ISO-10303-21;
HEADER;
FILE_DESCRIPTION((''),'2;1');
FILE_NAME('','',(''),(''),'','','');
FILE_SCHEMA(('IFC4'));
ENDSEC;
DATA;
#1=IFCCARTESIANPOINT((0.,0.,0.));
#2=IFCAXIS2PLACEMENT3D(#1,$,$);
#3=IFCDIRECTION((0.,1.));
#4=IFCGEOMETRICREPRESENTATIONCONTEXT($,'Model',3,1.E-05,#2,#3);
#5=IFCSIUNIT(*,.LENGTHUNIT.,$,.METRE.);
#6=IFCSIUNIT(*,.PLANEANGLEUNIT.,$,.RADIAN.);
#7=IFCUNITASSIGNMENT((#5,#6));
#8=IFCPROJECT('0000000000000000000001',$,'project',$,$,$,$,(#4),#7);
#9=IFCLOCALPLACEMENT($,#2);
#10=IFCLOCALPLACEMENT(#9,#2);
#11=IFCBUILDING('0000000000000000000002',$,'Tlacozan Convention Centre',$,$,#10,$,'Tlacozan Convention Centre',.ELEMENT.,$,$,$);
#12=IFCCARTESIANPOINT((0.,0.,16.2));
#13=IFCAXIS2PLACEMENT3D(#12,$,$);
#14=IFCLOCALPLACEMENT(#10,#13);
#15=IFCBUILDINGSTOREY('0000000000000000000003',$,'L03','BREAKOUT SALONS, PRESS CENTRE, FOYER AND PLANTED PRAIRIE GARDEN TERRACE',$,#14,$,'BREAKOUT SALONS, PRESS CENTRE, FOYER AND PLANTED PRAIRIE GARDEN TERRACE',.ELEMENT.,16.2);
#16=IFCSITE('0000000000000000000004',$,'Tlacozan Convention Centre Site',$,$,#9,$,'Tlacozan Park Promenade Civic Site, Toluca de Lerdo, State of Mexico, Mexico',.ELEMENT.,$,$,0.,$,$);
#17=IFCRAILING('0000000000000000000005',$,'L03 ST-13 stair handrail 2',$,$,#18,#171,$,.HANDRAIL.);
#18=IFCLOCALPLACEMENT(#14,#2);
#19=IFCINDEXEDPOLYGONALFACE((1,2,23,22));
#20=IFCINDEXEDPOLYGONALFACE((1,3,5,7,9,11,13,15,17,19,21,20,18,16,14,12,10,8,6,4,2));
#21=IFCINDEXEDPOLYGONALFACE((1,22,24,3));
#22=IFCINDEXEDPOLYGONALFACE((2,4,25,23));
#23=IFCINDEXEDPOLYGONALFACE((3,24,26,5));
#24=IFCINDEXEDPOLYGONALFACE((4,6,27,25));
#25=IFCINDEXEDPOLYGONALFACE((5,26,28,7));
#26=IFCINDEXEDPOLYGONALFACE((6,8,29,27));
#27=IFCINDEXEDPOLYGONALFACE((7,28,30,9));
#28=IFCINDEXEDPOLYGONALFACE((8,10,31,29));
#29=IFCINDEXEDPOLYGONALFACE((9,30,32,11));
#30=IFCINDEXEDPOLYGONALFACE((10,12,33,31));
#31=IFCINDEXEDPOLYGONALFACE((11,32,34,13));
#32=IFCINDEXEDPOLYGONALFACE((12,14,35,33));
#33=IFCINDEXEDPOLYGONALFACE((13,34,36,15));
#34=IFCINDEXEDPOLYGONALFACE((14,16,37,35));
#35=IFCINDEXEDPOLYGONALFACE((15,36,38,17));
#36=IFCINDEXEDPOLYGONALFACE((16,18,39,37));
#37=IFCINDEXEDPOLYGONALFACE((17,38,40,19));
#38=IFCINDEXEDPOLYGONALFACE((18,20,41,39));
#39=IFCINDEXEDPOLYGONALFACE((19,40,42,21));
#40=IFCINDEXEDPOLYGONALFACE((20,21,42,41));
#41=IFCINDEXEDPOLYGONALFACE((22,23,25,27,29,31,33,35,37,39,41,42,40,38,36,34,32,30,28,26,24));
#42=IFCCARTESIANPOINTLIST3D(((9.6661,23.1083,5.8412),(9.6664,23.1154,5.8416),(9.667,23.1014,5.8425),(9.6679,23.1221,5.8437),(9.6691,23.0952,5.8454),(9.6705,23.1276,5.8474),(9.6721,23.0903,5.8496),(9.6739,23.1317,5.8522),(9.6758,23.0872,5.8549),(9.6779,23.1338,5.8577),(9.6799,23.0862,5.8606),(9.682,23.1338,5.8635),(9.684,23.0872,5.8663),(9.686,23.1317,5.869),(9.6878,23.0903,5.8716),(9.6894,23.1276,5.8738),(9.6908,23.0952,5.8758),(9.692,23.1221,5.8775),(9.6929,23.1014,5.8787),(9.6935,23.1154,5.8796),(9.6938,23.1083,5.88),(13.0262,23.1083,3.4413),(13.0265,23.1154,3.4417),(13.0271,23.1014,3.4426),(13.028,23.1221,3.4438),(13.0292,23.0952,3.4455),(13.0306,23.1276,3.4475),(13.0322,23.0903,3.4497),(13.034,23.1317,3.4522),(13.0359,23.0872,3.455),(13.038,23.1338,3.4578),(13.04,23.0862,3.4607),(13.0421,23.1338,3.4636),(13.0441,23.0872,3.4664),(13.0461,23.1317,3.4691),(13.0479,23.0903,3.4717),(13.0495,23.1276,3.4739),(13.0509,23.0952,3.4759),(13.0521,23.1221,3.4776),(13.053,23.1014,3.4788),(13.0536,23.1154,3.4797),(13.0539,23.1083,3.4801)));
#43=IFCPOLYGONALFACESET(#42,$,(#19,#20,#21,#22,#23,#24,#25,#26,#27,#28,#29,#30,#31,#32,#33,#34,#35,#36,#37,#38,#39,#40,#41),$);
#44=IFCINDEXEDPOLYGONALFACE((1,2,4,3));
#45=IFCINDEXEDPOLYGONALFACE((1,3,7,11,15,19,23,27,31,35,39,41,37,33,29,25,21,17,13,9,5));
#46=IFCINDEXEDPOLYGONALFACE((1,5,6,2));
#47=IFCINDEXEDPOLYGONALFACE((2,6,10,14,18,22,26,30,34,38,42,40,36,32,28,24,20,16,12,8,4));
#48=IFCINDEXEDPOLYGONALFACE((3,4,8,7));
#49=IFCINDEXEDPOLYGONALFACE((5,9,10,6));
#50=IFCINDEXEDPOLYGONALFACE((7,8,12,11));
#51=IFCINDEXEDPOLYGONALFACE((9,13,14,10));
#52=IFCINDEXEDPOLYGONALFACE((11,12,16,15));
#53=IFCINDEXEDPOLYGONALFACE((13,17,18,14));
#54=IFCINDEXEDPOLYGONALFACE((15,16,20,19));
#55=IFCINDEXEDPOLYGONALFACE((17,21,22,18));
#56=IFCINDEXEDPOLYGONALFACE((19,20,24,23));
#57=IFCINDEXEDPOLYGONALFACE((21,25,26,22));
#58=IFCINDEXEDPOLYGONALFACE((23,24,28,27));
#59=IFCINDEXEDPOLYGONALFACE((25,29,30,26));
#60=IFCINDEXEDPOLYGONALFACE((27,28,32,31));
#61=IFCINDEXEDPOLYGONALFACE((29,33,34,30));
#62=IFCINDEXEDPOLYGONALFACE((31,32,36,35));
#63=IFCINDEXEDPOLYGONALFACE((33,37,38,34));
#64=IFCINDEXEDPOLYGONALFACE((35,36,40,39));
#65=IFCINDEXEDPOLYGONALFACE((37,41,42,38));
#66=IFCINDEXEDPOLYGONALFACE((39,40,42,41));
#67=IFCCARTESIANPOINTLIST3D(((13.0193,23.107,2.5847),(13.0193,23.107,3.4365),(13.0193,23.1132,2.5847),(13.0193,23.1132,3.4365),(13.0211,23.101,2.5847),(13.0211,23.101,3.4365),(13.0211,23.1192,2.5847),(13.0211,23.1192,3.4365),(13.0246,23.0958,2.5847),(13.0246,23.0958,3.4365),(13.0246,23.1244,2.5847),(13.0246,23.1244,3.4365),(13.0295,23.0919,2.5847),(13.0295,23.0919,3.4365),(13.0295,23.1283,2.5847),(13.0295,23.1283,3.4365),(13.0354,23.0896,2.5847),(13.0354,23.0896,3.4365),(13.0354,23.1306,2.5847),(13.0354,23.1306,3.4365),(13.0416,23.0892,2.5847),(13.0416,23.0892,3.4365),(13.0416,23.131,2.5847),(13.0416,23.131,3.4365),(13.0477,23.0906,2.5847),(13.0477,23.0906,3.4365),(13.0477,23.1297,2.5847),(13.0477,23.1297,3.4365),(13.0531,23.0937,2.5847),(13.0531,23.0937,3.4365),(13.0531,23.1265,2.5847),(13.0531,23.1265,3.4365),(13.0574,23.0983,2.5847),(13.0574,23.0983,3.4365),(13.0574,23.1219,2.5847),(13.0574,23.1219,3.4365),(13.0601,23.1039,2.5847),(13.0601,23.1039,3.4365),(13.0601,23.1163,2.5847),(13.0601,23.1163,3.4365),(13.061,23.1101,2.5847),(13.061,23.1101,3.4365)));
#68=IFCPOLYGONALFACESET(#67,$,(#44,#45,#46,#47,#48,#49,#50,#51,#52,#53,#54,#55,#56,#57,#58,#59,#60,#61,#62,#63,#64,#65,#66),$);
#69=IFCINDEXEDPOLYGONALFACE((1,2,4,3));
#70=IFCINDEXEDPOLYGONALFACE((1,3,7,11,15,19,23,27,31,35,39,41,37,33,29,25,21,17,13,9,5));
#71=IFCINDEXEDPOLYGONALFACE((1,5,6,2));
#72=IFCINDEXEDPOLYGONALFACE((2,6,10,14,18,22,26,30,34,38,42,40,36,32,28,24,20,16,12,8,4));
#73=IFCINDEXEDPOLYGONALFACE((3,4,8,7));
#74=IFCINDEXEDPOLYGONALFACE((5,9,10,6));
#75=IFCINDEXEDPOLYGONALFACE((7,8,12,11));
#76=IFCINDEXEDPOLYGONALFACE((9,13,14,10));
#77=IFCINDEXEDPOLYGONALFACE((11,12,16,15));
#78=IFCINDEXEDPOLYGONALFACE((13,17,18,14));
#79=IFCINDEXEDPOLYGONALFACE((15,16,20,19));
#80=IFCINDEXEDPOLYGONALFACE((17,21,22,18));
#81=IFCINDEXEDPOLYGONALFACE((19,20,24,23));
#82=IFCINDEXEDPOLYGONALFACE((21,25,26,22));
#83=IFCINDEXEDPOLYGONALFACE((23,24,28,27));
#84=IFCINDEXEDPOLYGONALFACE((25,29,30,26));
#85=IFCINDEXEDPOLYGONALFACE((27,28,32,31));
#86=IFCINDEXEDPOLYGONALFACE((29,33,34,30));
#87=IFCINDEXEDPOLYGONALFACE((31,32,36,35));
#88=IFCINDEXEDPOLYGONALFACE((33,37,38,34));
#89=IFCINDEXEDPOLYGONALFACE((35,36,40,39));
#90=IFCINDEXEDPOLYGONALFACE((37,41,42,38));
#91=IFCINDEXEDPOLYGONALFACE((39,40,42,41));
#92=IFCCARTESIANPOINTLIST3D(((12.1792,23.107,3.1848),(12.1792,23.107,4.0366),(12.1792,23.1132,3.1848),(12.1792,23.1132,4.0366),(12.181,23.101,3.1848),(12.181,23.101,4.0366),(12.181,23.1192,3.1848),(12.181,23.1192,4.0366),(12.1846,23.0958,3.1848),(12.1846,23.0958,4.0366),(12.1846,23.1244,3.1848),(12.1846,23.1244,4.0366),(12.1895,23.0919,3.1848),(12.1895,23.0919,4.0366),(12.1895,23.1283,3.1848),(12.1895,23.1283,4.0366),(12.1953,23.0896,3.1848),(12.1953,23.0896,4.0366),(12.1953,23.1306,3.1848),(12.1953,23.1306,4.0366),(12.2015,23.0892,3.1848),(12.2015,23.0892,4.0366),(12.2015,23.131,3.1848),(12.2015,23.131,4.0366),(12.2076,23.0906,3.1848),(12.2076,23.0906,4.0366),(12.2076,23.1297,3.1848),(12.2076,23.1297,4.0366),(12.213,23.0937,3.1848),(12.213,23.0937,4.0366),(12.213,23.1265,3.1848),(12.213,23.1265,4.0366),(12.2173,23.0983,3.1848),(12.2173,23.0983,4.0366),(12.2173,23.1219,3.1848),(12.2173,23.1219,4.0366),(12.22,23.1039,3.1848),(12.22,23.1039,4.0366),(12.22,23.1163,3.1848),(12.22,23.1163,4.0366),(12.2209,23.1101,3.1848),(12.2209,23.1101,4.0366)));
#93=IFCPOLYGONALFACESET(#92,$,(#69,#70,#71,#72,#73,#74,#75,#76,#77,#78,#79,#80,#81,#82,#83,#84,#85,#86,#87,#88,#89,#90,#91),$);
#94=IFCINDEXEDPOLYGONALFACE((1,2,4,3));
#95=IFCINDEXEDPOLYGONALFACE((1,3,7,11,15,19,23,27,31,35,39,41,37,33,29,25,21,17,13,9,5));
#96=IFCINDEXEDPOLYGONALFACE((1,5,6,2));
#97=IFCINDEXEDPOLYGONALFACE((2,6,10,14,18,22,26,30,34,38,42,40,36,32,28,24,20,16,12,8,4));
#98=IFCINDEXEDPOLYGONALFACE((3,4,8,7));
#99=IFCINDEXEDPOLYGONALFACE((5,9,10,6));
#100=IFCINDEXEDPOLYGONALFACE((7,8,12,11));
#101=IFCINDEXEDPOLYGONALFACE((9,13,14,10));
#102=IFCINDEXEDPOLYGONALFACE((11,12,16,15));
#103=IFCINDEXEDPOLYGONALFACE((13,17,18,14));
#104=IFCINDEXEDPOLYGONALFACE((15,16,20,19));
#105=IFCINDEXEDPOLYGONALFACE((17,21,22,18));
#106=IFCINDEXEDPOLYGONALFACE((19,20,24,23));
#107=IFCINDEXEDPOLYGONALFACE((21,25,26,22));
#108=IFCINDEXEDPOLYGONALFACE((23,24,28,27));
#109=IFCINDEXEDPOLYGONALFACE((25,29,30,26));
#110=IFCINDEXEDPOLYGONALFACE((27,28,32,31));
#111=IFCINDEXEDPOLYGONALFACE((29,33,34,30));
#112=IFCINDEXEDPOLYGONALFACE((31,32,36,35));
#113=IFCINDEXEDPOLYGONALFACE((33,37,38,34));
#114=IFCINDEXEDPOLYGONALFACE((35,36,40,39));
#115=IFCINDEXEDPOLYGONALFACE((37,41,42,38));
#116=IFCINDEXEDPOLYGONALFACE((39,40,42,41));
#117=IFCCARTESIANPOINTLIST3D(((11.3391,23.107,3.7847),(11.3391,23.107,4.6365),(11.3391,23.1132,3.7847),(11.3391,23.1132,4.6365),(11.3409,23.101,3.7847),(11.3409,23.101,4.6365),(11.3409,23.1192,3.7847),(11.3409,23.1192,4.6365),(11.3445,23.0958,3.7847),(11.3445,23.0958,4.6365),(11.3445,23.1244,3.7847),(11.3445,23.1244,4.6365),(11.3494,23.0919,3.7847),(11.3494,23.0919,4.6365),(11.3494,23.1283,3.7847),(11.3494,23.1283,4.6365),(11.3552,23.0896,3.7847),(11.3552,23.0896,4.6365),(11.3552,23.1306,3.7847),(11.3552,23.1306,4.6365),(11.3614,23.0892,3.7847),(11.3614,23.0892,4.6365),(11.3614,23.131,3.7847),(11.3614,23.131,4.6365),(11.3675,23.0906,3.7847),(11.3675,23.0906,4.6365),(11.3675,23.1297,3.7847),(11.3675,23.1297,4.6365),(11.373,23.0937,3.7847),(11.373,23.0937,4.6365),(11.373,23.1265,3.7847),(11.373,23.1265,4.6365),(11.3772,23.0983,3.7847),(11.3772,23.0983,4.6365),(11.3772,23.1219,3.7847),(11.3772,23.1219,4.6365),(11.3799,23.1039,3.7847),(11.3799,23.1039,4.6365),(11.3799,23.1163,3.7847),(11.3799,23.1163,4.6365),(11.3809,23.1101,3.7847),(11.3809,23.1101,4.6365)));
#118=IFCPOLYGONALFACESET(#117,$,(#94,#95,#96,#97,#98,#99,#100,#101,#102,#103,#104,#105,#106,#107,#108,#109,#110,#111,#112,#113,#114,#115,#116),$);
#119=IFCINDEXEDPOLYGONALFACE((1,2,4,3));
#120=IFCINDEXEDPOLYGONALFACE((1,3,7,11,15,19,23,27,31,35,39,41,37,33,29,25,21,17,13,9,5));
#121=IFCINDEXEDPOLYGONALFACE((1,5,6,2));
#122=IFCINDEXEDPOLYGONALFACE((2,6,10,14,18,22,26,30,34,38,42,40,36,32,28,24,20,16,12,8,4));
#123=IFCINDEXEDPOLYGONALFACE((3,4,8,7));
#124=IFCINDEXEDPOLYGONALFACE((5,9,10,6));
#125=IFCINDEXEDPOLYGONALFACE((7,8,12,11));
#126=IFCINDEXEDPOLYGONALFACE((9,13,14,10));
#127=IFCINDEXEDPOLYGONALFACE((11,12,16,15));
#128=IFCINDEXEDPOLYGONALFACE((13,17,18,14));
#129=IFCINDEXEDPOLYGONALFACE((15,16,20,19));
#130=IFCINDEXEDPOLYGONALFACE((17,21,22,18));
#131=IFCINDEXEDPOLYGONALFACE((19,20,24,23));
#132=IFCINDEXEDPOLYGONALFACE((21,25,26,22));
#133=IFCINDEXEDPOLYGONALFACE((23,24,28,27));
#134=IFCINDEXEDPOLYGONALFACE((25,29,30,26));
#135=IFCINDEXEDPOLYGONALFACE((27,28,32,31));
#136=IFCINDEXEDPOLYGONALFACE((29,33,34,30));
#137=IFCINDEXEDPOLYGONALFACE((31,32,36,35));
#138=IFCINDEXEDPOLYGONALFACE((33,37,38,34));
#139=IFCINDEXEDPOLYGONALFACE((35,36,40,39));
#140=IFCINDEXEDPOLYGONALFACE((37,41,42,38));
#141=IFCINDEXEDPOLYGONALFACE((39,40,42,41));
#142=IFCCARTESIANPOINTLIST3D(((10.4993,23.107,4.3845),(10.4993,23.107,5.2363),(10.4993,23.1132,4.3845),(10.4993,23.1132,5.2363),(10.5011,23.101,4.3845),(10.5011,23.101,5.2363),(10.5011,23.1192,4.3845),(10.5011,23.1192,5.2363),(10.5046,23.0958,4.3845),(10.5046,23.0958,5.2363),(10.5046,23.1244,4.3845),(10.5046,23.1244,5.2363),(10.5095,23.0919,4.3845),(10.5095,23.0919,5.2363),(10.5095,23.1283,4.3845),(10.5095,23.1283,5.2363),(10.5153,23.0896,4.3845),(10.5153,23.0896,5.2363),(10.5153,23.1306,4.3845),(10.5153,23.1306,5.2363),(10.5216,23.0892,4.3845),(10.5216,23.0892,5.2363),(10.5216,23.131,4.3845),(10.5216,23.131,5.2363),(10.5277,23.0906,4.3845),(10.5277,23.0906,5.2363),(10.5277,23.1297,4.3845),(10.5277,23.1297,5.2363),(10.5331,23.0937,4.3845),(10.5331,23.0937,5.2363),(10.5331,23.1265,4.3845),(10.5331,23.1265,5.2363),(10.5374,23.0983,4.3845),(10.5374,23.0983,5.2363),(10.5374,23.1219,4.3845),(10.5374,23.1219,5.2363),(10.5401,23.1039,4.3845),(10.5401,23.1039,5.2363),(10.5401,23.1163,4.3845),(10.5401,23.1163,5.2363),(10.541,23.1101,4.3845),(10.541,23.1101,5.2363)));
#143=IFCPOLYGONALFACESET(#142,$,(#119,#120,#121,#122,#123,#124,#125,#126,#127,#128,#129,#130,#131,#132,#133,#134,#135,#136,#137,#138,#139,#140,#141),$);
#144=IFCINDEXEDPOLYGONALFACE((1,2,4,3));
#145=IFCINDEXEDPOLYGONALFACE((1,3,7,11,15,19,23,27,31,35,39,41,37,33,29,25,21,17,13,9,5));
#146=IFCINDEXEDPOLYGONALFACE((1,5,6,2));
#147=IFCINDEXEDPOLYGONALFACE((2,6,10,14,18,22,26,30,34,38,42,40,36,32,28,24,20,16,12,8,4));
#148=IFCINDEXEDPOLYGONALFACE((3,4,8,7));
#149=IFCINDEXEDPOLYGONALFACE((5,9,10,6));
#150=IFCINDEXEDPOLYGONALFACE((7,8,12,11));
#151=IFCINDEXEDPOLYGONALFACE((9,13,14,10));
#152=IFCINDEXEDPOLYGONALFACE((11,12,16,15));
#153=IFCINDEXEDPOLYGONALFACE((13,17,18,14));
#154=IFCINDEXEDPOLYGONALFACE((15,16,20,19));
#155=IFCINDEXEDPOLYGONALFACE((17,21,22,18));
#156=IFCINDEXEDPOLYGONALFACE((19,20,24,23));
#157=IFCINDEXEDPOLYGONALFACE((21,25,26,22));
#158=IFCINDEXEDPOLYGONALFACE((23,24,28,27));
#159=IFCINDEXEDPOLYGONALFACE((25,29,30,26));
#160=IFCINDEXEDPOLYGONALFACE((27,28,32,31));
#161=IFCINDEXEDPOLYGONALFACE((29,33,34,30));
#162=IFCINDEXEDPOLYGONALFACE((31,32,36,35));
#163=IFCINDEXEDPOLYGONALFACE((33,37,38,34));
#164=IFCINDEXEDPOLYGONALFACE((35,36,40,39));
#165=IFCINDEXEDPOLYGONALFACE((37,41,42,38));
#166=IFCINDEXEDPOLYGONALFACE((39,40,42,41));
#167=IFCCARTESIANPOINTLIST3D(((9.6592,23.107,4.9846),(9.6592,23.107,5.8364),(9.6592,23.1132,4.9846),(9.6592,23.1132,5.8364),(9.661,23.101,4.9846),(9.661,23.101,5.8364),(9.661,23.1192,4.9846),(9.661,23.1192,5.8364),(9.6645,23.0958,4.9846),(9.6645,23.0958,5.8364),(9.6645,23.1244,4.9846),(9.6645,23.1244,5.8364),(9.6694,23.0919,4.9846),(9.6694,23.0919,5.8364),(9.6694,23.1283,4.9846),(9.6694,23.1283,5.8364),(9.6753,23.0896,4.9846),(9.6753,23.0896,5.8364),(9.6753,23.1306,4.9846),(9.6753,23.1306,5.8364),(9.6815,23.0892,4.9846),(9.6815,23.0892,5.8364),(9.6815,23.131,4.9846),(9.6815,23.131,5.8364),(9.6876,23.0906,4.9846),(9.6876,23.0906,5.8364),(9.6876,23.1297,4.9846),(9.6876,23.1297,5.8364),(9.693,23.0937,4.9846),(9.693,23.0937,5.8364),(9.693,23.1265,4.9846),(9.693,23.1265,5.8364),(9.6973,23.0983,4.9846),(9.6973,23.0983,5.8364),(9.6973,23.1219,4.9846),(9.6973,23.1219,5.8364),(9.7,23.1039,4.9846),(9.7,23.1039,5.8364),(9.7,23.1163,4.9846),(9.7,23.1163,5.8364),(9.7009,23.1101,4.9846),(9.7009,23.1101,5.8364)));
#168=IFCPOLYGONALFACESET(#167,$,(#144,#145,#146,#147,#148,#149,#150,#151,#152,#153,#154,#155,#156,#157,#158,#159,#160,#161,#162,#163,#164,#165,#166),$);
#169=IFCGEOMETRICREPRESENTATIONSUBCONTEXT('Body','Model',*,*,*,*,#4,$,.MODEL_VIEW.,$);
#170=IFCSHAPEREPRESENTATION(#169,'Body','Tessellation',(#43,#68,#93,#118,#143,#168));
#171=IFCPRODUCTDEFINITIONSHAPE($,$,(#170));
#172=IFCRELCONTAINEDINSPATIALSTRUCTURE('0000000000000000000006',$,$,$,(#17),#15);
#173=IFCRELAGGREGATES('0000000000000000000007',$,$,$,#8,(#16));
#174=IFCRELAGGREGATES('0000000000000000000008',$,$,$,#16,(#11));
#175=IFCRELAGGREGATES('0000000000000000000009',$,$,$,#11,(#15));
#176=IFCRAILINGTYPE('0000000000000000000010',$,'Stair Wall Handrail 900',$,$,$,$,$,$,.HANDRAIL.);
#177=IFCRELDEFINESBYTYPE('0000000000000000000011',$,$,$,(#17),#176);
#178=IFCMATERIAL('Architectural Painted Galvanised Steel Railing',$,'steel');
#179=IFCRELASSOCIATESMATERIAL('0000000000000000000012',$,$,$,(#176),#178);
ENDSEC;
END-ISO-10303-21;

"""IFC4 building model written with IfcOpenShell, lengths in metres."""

from ifc_helpers import new_model, si_unit, direction, frame, origin, origin_2d, place, context, subcontext, project, spatial, circle, extrude, material, type_object, element, save


model = new_model("IFC4")

# Units and contexts
model_context = context("Model", 3, precision=1e-05, world=origin(), true_north=direction((0.0, 1.0)))
body_context = subcontext(model_context, "Body", "Model", "MODEL_VIEW")
ifc_project = project(units=[si_unit("LENGTHUNIT", "METRE"), si_unit("PLANEANGLEUNIT", "RADIAN")], contexts=[model_context])

# Site, building, storey
site_placement = place(None, origin())
site = spatial("IfcSite", under=ifc_project, at=site_placement, Name="Tlacozan Convention Centre Site", LongName="Tlacozan Park Promenade Civic Site, Toluca de Lerdo, State of Mexico, Mexico", CompositionType="ELEMENT", RefElevation=0.0)
building_placement = place(site_placement, origin())
building = spatial("IfcBuilding", under=site, at=building_placement, Name="Tlacozan Convention Centre", LongName="Tlacozan Convention Centre", CompositionType="ELEMENT")
storey_placement = place(building_placement, frame((0.0, 0.0, 16.2)))
storey = spatial("IfcBuildingStorey", under=building, at=storey_placement, Name="L03", Description="BREAKOUT SALONS, PRESS CENTRE, FOYER AND PLANTED PRAIRIE GARDEN TERRACE", LongName="BREAKOUT SALONS, PRESS CENTRE, FOYER AND PLANTED PRAIRIE GARDEN TERRACE", CompositionType="ELEMENT", Elevation=16.2)

# Railing
ifc_material_1 = material(Name="Architectural Painted Galvanised Steel Railing", Category="steel")
railing_type_1 = type_object("IfcRailingType", Name="Stair Wall Handrail 900", PredefinedType="HANDRAIL", material=ifc_material_1)
railing_1_placement = place(storey_placement, frame((13.04, 23.1101, 2.5847)))
element("IfcRailing", 1, at=railing_1_placement, inside=storey, type_object=railing_type_1, Name="L03 ST-13 stair handrail 2", PredefinedType="HANDRAIL", context=body_context, shape_type="SweptSolid", body=[
    extrude(circle(Radius=0.0239, at=origin_2d()), frame((0.0, 0.0, 0.876), z_axis=(-0.813753, 0.0, 0.58121), x_axis=(0.0, -1.0, 0.0)), (0.0, 0.0, 1.0), 4.1292),
    extrude(circle(Radius=0.021, at=origin_2d()), origin(), (0.0, 0.0, 1.0), 0.8518),
    extrude(circle(Radius=0.021, at=origin_2d()), frame((-0.8401, 0.0, 0.6001)), (0.0, 0.0, 1.0), 0.8518),
    extrude(circle(Radius=0.021, at=origin_2d()), frame((-1.6802, 0.0, 1.2)), (0.0, 0.0, 1.0), 0.8518),
    extrude(circle(Radius=0.021, at=origin_2d()), frame((-2.52, 0.0, 1.7998)), (0.0, 0.0, 1.0), 0.8518),
    extrude(circle(Radius=0.021, at=origin_2d()), frame((-3.3601, 0.0, 2.3999)), (0.0, 0.0, 1.0), 0.8518),
])

save(model, "model.ifc")
